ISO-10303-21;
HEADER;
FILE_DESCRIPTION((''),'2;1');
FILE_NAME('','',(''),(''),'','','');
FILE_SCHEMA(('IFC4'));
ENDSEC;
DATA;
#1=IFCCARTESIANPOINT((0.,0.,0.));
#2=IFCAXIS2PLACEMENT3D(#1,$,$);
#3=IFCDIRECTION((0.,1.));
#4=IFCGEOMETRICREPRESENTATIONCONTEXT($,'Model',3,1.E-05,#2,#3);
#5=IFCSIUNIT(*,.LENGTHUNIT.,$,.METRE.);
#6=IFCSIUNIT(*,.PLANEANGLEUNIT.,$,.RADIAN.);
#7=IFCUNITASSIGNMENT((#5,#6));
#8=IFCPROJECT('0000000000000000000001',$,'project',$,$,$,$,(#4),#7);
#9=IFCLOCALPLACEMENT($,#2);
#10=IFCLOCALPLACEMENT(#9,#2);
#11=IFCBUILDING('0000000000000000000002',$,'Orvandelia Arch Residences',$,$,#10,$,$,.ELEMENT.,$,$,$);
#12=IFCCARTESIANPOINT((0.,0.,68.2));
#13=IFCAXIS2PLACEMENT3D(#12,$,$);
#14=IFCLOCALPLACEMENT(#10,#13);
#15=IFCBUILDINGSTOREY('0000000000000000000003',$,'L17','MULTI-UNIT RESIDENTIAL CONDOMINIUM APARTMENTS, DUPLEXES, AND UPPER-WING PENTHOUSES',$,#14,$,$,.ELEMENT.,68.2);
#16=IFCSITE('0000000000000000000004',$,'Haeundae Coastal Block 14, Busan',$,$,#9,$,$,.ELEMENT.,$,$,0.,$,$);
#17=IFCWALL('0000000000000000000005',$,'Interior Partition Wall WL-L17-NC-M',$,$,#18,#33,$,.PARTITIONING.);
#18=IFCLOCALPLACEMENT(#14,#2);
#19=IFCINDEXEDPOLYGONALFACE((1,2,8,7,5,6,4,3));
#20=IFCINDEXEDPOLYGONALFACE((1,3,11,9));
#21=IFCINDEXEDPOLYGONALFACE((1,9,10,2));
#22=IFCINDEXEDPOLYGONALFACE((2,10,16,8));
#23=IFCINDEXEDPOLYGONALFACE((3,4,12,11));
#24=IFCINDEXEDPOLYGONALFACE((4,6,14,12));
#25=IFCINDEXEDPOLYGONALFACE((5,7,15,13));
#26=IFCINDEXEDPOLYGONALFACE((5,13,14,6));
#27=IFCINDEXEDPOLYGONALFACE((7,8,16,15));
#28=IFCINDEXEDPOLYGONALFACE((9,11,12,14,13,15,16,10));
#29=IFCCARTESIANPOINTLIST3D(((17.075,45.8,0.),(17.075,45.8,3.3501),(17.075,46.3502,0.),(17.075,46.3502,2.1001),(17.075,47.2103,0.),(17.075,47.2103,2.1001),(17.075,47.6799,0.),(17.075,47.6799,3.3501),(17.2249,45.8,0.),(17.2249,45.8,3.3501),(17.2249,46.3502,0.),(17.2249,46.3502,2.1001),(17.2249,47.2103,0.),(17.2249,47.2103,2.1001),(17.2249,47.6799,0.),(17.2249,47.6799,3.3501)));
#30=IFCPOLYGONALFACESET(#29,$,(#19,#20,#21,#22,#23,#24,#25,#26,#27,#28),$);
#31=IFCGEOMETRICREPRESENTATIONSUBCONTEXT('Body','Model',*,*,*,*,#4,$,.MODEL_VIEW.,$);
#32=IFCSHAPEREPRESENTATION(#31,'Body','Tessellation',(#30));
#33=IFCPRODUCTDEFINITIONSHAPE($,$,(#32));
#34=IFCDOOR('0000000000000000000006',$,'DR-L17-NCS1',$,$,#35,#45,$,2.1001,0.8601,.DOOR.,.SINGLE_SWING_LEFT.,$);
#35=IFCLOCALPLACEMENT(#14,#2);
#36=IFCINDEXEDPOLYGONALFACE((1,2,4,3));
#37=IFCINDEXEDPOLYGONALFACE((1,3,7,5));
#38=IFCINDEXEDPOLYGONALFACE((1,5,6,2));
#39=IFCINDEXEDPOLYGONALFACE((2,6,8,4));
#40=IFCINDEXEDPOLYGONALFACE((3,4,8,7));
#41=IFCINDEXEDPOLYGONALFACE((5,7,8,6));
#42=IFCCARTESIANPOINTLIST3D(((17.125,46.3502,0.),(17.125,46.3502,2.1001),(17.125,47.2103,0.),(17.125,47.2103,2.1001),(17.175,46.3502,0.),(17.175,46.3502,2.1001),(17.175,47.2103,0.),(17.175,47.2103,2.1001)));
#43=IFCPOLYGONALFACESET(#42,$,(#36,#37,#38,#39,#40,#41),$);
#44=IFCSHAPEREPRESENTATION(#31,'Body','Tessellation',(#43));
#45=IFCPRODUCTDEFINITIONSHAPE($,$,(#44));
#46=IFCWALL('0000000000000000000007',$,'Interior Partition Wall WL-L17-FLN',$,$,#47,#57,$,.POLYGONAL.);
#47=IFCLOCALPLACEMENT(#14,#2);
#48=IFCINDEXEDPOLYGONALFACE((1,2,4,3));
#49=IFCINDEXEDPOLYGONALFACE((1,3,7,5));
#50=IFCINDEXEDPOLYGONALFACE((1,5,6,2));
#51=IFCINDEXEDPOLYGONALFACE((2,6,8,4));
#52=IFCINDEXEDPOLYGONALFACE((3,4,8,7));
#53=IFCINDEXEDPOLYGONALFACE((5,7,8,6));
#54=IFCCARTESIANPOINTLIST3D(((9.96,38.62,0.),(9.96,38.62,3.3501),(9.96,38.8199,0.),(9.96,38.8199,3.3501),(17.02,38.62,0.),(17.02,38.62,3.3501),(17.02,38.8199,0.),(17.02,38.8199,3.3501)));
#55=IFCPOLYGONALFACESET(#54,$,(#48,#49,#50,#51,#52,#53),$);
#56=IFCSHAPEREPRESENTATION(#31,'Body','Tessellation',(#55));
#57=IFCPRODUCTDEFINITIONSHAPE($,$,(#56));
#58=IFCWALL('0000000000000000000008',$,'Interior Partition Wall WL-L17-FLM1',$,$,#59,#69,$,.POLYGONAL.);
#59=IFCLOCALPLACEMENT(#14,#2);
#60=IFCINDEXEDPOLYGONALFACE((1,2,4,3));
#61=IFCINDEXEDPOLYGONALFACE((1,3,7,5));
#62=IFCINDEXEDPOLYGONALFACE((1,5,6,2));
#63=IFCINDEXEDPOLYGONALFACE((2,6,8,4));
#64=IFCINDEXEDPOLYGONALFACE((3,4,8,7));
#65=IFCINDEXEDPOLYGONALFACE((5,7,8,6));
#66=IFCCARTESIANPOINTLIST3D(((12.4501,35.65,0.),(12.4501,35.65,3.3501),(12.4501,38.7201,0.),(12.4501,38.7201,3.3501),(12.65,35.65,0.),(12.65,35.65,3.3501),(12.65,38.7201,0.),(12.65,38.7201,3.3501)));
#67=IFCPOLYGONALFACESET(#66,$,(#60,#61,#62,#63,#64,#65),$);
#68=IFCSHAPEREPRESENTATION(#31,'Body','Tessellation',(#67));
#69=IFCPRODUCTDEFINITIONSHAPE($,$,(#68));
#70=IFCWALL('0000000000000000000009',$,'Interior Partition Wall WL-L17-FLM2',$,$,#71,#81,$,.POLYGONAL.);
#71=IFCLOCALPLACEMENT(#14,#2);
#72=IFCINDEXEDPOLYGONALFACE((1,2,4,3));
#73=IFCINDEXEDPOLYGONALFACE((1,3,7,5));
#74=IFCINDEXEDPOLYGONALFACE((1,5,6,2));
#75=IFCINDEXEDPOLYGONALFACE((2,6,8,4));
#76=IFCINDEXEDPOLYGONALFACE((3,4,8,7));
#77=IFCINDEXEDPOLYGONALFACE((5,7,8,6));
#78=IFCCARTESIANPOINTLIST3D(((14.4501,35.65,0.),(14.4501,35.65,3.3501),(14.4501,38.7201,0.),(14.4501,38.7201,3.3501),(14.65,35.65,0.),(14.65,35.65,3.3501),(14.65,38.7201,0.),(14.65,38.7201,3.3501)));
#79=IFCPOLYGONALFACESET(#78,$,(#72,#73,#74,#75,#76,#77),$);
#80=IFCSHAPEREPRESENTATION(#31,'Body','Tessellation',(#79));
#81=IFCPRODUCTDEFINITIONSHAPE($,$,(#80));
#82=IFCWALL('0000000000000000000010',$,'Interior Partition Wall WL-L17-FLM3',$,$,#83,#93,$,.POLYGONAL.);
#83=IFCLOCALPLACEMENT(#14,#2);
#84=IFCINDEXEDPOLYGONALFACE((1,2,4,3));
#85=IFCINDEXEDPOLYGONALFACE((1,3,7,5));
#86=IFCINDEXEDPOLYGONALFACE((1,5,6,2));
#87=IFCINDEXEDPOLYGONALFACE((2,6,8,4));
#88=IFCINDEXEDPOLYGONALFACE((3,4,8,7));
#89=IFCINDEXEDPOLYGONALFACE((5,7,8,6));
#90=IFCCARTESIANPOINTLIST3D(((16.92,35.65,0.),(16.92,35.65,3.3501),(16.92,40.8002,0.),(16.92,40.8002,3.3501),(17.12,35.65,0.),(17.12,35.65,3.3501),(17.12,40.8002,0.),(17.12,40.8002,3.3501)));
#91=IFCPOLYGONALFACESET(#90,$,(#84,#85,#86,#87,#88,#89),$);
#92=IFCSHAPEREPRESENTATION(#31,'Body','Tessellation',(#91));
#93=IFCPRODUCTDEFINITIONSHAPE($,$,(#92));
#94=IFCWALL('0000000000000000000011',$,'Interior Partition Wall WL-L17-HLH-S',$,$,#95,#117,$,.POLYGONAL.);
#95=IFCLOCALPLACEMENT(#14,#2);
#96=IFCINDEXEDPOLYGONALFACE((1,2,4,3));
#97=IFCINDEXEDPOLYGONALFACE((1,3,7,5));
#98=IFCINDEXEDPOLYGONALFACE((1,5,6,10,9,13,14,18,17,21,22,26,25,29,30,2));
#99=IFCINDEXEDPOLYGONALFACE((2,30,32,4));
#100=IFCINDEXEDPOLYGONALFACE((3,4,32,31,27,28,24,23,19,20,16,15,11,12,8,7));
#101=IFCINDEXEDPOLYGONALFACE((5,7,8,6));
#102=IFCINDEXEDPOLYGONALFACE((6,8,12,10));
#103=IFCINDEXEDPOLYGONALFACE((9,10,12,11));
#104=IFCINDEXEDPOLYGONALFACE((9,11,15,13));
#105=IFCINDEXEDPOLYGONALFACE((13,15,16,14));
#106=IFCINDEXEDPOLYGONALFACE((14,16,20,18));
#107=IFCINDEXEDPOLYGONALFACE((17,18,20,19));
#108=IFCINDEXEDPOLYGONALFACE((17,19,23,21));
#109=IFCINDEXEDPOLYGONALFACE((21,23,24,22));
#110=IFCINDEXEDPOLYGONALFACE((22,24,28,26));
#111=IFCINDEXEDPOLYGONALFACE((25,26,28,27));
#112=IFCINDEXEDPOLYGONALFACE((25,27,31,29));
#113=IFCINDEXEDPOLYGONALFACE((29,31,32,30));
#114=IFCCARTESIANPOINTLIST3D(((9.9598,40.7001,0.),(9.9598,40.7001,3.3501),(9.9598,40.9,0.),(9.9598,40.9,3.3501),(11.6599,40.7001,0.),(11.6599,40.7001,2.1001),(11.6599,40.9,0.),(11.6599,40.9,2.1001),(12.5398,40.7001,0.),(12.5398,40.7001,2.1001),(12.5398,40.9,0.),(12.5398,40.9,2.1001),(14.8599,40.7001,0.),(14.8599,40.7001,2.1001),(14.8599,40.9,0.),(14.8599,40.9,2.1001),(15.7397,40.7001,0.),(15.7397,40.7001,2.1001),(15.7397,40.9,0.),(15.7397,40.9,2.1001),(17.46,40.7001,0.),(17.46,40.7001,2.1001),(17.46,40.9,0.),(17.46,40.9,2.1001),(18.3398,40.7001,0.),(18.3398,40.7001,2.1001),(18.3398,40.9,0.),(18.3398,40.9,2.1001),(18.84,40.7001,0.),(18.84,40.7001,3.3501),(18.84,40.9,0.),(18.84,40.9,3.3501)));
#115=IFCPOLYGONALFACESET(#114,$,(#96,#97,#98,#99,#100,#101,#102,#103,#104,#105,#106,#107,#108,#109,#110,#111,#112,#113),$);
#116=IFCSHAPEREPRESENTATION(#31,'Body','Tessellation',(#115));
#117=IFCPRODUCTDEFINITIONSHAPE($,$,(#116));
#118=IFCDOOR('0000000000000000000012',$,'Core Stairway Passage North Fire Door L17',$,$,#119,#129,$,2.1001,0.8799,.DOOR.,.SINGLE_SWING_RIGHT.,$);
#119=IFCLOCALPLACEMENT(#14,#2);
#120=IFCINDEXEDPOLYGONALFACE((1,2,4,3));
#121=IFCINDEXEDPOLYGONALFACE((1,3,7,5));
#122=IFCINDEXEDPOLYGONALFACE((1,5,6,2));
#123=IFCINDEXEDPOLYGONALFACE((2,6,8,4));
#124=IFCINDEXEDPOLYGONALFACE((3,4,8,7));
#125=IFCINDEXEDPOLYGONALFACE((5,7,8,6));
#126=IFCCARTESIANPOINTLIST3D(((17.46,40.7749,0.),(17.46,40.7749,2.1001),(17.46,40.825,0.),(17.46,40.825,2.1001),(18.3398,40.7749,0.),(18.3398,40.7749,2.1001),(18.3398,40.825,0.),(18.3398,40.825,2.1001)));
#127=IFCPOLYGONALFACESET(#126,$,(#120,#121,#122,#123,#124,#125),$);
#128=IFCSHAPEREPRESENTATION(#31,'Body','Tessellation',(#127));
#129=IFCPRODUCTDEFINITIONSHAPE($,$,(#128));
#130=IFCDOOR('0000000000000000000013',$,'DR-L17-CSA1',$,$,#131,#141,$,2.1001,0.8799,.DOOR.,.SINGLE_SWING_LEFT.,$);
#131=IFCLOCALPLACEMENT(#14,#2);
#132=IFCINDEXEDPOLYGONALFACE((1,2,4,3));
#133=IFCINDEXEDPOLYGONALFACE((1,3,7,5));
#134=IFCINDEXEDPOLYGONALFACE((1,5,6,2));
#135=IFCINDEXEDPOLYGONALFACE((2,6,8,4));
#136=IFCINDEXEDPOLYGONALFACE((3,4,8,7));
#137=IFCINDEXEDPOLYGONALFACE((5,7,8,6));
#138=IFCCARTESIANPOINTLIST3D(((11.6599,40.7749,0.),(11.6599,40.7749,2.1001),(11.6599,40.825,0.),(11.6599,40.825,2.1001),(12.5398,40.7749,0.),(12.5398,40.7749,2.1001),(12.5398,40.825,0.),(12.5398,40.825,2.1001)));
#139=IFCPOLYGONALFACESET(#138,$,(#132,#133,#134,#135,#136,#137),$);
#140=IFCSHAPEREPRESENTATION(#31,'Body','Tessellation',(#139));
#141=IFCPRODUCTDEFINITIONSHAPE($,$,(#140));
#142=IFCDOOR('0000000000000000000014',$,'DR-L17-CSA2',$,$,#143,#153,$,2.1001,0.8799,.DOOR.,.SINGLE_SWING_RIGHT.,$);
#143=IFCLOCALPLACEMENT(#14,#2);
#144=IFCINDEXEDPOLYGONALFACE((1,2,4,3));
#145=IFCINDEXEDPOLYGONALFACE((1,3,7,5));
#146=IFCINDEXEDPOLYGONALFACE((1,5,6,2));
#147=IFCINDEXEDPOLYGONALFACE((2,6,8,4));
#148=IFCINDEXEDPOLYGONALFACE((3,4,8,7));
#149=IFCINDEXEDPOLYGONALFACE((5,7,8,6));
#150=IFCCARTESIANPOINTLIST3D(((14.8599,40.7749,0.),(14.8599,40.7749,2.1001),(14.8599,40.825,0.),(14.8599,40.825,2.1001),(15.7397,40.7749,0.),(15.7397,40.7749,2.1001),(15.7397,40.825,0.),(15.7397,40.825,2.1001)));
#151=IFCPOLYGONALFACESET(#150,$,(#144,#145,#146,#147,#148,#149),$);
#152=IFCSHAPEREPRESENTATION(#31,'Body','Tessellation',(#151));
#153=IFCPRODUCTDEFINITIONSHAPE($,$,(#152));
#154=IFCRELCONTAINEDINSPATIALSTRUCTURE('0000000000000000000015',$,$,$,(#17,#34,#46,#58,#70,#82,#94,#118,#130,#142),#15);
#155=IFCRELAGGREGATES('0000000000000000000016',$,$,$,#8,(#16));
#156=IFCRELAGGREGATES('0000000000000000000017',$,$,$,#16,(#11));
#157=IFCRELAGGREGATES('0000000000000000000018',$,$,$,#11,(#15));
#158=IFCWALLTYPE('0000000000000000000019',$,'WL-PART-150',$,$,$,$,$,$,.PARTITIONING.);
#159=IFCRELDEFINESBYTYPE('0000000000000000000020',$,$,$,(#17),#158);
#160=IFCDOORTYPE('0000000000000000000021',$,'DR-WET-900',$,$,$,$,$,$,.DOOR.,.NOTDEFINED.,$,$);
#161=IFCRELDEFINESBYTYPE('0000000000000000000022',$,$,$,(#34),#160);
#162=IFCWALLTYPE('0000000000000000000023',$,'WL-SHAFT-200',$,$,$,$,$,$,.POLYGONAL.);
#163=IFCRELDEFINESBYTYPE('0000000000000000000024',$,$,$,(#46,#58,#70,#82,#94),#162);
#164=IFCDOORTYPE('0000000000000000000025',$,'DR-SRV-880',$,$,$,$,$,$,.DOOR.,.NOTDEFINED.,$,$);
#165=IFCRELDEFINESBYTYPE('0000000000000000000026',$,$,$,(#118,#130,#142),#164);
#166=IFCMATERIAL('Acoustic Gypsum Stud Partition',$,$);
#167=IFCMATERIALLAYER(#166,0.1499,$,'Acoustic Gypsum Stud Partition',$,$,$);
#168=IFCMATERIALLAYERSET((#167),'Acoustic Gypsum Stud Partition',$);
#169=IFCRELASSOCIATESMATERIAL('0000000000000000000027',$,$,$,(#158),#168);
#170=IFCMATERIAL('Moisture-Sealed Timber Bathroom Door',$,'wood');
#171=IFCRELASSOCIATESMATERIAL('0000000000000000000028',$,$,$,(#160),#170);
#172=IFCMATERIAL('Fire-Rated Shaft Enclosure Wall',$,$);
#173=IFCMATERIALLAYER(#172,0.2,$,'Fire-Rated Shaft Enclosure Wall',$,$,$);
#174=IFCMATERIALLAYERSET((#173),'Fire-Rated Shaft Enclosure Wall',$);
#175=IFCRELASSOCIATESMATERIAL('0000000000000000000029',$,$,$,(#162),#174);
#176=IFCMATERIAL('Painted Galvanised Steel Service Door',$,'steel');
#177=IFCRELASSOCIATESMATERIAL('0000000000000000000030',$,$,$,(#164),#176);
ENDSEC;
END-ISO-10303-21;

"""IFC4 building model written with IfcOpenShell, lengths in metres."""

from ifc_helpers import new_model, si_unit, direction, frame, frame_2d, origin, place, context, subcontext, project, spatial, rectangle, extrude, material, layer, layer_set, type_object, element, fill, save


model = new_model("IFC4")

# Units and contexts
model_context = context("Model", 3, precision=1e-05, world=origin(), true_north=direction((0.0, 1.0)))
body_context = subcontext(model_context, "Body", "Model", "MODEL_VIEW")
ifc_project = project(units=[si_unit("LENGTHUNIT", "METRE"), si_unit("PLANEANGLEUNIT", "RADIAN")], contexts=[model_context])

# Site, building, storey
site_placement = place(None, origin())
site = spatial("IfcSite", under=ifc_project, at=site_placement, Name="Haeundae Coastal Block 14, Busan", CompositionType="ELEMENT", RefElevation=0.0)
building_placement = place(site_placement, origin())
building = spatial("IfcBuilding", under=site, at=building_placement, Name="Orvandelia Arch Residences", CompositionType="ELEMENT")
storey_placement = place(building_placement, frame((0.0, 0.0, 68.2)))
storey = spatial("IfcBuildingStorey", under=building, at=storey_placement, Name="L17", Description="MULTI-UNIT RESIDENTIAL CONDOMINIUM APARTMENTS, DUPLEXES, AND UPPER-WING PENTHOUSES", CompositionType="ELEMENT", Elevation=68.2)

# Shared definitions
ifc_material_1 = material(Name="Acoustic Gypsum Stud Partition")
ifc_layer_1 = layer(ifc_material_1, 0.1499, Name="Acoustic Gypsum Stud Partition")
ifc_layer_set_1 = layer_set([ifc_layer_1], Name="Acoustic Gypsum Stud Partition")
wall_type_1 = type_object("IfcWallType", Name="WL-PART-150", PredefinedType="PARTITIONING", material=ifc_layer_set_1)

# Wall, opening, door
wall_1_placement = place(storey_placement, frame((17.1499, 45.8, 0.0), z_axis=(0.0, 0.0, 1.0), x_axis=(0.0, 1.0, 0.0)))
wall_1 = element("IfcWall", 1, at=wall_1_placement, inside=storey, type_object=wall_type_1, Name="Interior Partition Wall WL-L17-NC-M", PredefinedType="PARTITIONING", context=body_context, shape_type="SweptSolid", body=[
    extrude(rectangle(XDim=1.8799, YDim=0.1499, at=frame_2d((0.9399, 0.0))), origin(), (0.0, 0.0, 1.0), 3.3501),
])
opening_1_placement = place(wall_1_placement, frame((0.55, 0.0, 0.0)))
opening_1 = element("IfcOpeningElement", 2, at=opening_1_placement, cuts=wall_1, PredefinedType="OPENING", context=body_context, shape_type="SweptSolid", body=[
    extrude(rectangle(XDim=0.8601, YDim=2.1001, at=frame_2d((0.4302, 1.05))), frame((0.0, 0.085, 0.0), z_axis=(0.0, -1.0, 0.0), x_axis=(1.0, 0.0, 0.0)), (0.0, 0.0, 1.0), 0.1699),
])
ifc_material_2 = material(Name="Moisture-Sealed Timber Bathroom Door", Category="wood")
door_type_1 = type_object("IfcDoorType", Name="DR-WET-900", OperationType="NOTDEFINED", PredefinedType="DOOR", material=ifc_material_2)
door_1_placement = place(opening_1_placement, origin())
door_1 = element("IfcDoor", 3, at=door_1_placement, inside=storey, type_object=door_type_1, Name="DR-L17-NCS1", OperationType="SINGLE_SWING_LEFT", OverallHeight=2.1001, OverallWidth=0.8601, PredefinedType="DOOR", context=body_context, shape_type="SweptSolid", body=[
    extrude(rectangle(XDim=0.8601, YDim=2.1001, at=frame_2d((0.4302, 1.05))), frame((0.0, 0.0249, 0.0), z_axis=(0.0, -1.0, 0.0), x_axis=(1.0, 0.0, 0.0)), (0.0, 0.0, 1.0), 0.05),
])
fill(opening_1, door_1)

# Walls
ifc_material_3 = material(Name="Fire-Rated Shaft Enclosure Wall")
ifc_layer_2 = layer(ifc_material_3, 0.2, Name="Fire-Rated Shaft Enclosure Wall")
ifc_layer_set_2 = layer_set([ifc_layer_2], Name="Fire-Rated Shaft Enclosure Wall")
wall_type_2 = type_object("IfcWallType", Name="WL-SHAFT-200", PredefinedType="POLYGONAL", material=ifc_layer_set_2)
wall_2_placement = place(storey_placement, frame((9.96, 38.72, 0.0), z_axis=(0.0, 0.0, 1.0), x_axis=(1.0, 0.0, 0.0)))
element("IfcWall", 4, at=wall_2_placement, inside=storey, type_object=wall_type_2, Name="Interior Partition Wall WL-L17-FLN", PredefinedType="POLYGONAL", context=body_context, shape_type="SweptSolid", body=[
    extrude(rectangle(XDim=7.0601, YDim=0.2, at=frame_2d((3.53, 0.0))), origin(), (0.0, 0.0, 1.0), 3.3501),
])
for number, where, z_axis, x_axis, name in (
    (5, (12.55, 35.6499, 0.0), (0.0, 0.0, 1.0), (0.0, 1.0, 0.0), "Interior Partition Wall WL-L17-FLM1"),
    (6, (14.55, 35.6499, 0.0), (0.0, 0.0, 1.0), (0.0, 1.0, 0.0), "Interior Partition Wall WL-L17-FLM2"),
):
    element("IfcWall", number, at=place(storey_placement, frame(where, z_axis=z_axis, x_axis=x_axis)), inside=storey, type_object=wall_type_2, Name=name, PredefinedType="POLYGONAL", context=body_context, shape_type="SweptSolid", body=[
        extrude(rectangle(XDim=3.0701, YDim=0.2, at=frame_2d((1.5352, 0.0))), origin(), (0.0, 0.0, 1.0), 3.3501),
    ])
wall_3_placement = place(storey_placement, frame((17.02, 35.6499, 0.0), z_axis=(0.0, 0.0, 1.0), x_axis=(0.0, 1.0, 0.0)))
element("IfcWall", 7, at=wall_3_placement, inside=storey, type_object=wall_type_2, Name="Interior Partition Wall WL-L17-FLM3", PredefinedType="POLYGONAL", context=body_context, shape_type="SweptSolid", body=[
    extrude(rectangle(XDim=5.1501, YDim=0.2, at=frame_2d((2.5752, 0.0))), origin(), (0.0, 0.0, 1.0), 3.3501),
])

# Wall, openings, doors
wall_4_placement = place(storey_placement, frame((9.96, 40.8, 0.0), z_axis=(0.0, 0.0, 1.0), x_axis=(1.0, 0.0, 0.0)))
wall_4 = element("IfcWall", 8, at=wall_4_placement, inside=storey, type_object=wall_type_2, Name="Interior Partition Wall WL-L17-HLH-S", PredefinedType="POLYGONAL", context=body_context, shape_type="SweptSolid", body=[
    extrude(rectangle(XDim=8.8801, YDim=0.2, at=frame_2d((4.4399, 0.0))), origin(), (0.0, 0.0, 1.0), 3.3501),
])
opening_2_placement = place(wall_4_placement, frame((7.5, 0.0, 0.0)))
opening_2 = element("IfcOpeningElement", 9, at=opening_2_placement, cuts=wall_4, PredefinedType="OPENING", context=body_context, shape_type="SweptSolid", body=[
    extrude(rectangle(XDim=0.8799, YDim=2.1001, at=frame_2d((0.4399, 1.05))), frame((0.0, 0.1099, 0.0), z_axis=(0.0, -1.0, 0.0), x_axis=(1.0, 0.0, 0.0)), (0.0, 0.0, 1.0), 0.22),
])
opening_3_placement = place(wall_4_placement, frame((1.7, 0.0, 0.0)))
opening_3 = element("IfcOpeningElement", 10, at=opening_3_placement, cuts=wall_4, PredefinedType="OPENING", context=body_context, shape_type="SweptSolid", body=[
    extrude(rectangle(XDim=0.8799, YDim=2.1001, at=frame_2d((0.4399, 1.05))), frame((0.0, 0.1099, 0.0), z_axis=(0.0, -1.0, 0.0), x_axis=(1.0, 0.0, 0.0)), (0.0, 0.0, 1.0), 0.22),
])
opening_4_placement = place(wall_4_placement, frame((4.8999, 0.0, 0.0)))
opening_4 = element("IfcOpeningElement", 11, at=opening_4_placement, cuts=wall_4, PredefinedType="OPENING", context=body_context, shape_type="SweptSolid", body=[
    extrude(rectangle(XDim=0.8799, YDim=2.1001, at=frame_2d((0.4399, 1.05))), frame((0.0, 0.1099, 0.0), z_axis=(0.0, -1.0, 0.0), x_axis=(1.0, 0.0, 0.0)), (0.0, 0.0, 1.0), 0.22),
])
ifc_material_4 = material(Name="Painted Galvanised Steel Service Door", Category="steel")
door_type_2 = type_object("IfcDoorType", Name="DR-SRV-880", OperationType="NOTDEFINED", PredefinedType="DOOR", material=ifc_material_4)
door_2_placement = place(opening_2_placement, origin())
door_2 = element("IfcDoor", 12, at=door_2_placement, inside=storey, type_object=door_type_2, Name="Core Stairway Passage North Fire Door L17", OperationType="SINGLE_SWING_RIGHT", OverallHeight=2.1001, OverallWidth=0.8799, PredefinedType="DOOR", context=body_context, shape_type="SweptSolid", body=[
    extrude(rectangle(XDim=0.8799, YDim=2.1001, at=frame_2d((0.4399, 1.05))), frame((0.0, 0.0249, 0.0), z_axis=(0.0, -1.0, 0.0), x_axis=(1.0, 0.0, 0.0)), (0.0, 0.0, 1.0), 0.05),
])
fill(opening_2, door_2)
door_3_placement = place(opening_3_placement, origin())
door_3 = element("IfcDoor", 13, at=door_3_placement, inside=storey, type_object=door_type_2, Name="DR-L17-CSA1", OperationType="SINGLE_SWING_LEFT", OverallHeight=2.1001, OverallWidth=0.8799, PredefinedType="DOOR", context=body_context, shape_type="SweptSolid", body=[
    extrude(rectangle(XDim=0.8799, YDim=2.1001, at=frame_2d((0.4399, 1.05))), frame((0.0, 0.0249, 0.0), z_axis=(0.0, -1.0, 0.0), x_axis=(1.0, 0.0, 0.0)), (0.0, 0.0, 1.0), 0.05),
])
fill(opening_3, door_3)
door_4_placement = place(opening_4_placement, origin())
door_4 = element("IfcDoor", 14, at=door_4_placement, inside=storey, type_object=door_type_2, Name="DR-L17-CSA2", OperationType="SINGLE_SWING_RIGHT", OverallHeight=2.1001, OverallWidth=0.8799, PredefinedType="DOOR", context=body_context, shape_type="SweptSolid", body=[
    extrude(rectangle(XDim=0.8799, YDim=2.1001, at=frame_2d((0.4399, 1.05))), frame((0.0, 0.0249, 0.0), z_axis=(0.0, -1.0, 0.0), x_axis=(1.0, 0.0, 0.0)), (0.0, 0.0, 1.0), 0.05),
])
fill(opening_4, door_4)

save(model, "model.ifc")
